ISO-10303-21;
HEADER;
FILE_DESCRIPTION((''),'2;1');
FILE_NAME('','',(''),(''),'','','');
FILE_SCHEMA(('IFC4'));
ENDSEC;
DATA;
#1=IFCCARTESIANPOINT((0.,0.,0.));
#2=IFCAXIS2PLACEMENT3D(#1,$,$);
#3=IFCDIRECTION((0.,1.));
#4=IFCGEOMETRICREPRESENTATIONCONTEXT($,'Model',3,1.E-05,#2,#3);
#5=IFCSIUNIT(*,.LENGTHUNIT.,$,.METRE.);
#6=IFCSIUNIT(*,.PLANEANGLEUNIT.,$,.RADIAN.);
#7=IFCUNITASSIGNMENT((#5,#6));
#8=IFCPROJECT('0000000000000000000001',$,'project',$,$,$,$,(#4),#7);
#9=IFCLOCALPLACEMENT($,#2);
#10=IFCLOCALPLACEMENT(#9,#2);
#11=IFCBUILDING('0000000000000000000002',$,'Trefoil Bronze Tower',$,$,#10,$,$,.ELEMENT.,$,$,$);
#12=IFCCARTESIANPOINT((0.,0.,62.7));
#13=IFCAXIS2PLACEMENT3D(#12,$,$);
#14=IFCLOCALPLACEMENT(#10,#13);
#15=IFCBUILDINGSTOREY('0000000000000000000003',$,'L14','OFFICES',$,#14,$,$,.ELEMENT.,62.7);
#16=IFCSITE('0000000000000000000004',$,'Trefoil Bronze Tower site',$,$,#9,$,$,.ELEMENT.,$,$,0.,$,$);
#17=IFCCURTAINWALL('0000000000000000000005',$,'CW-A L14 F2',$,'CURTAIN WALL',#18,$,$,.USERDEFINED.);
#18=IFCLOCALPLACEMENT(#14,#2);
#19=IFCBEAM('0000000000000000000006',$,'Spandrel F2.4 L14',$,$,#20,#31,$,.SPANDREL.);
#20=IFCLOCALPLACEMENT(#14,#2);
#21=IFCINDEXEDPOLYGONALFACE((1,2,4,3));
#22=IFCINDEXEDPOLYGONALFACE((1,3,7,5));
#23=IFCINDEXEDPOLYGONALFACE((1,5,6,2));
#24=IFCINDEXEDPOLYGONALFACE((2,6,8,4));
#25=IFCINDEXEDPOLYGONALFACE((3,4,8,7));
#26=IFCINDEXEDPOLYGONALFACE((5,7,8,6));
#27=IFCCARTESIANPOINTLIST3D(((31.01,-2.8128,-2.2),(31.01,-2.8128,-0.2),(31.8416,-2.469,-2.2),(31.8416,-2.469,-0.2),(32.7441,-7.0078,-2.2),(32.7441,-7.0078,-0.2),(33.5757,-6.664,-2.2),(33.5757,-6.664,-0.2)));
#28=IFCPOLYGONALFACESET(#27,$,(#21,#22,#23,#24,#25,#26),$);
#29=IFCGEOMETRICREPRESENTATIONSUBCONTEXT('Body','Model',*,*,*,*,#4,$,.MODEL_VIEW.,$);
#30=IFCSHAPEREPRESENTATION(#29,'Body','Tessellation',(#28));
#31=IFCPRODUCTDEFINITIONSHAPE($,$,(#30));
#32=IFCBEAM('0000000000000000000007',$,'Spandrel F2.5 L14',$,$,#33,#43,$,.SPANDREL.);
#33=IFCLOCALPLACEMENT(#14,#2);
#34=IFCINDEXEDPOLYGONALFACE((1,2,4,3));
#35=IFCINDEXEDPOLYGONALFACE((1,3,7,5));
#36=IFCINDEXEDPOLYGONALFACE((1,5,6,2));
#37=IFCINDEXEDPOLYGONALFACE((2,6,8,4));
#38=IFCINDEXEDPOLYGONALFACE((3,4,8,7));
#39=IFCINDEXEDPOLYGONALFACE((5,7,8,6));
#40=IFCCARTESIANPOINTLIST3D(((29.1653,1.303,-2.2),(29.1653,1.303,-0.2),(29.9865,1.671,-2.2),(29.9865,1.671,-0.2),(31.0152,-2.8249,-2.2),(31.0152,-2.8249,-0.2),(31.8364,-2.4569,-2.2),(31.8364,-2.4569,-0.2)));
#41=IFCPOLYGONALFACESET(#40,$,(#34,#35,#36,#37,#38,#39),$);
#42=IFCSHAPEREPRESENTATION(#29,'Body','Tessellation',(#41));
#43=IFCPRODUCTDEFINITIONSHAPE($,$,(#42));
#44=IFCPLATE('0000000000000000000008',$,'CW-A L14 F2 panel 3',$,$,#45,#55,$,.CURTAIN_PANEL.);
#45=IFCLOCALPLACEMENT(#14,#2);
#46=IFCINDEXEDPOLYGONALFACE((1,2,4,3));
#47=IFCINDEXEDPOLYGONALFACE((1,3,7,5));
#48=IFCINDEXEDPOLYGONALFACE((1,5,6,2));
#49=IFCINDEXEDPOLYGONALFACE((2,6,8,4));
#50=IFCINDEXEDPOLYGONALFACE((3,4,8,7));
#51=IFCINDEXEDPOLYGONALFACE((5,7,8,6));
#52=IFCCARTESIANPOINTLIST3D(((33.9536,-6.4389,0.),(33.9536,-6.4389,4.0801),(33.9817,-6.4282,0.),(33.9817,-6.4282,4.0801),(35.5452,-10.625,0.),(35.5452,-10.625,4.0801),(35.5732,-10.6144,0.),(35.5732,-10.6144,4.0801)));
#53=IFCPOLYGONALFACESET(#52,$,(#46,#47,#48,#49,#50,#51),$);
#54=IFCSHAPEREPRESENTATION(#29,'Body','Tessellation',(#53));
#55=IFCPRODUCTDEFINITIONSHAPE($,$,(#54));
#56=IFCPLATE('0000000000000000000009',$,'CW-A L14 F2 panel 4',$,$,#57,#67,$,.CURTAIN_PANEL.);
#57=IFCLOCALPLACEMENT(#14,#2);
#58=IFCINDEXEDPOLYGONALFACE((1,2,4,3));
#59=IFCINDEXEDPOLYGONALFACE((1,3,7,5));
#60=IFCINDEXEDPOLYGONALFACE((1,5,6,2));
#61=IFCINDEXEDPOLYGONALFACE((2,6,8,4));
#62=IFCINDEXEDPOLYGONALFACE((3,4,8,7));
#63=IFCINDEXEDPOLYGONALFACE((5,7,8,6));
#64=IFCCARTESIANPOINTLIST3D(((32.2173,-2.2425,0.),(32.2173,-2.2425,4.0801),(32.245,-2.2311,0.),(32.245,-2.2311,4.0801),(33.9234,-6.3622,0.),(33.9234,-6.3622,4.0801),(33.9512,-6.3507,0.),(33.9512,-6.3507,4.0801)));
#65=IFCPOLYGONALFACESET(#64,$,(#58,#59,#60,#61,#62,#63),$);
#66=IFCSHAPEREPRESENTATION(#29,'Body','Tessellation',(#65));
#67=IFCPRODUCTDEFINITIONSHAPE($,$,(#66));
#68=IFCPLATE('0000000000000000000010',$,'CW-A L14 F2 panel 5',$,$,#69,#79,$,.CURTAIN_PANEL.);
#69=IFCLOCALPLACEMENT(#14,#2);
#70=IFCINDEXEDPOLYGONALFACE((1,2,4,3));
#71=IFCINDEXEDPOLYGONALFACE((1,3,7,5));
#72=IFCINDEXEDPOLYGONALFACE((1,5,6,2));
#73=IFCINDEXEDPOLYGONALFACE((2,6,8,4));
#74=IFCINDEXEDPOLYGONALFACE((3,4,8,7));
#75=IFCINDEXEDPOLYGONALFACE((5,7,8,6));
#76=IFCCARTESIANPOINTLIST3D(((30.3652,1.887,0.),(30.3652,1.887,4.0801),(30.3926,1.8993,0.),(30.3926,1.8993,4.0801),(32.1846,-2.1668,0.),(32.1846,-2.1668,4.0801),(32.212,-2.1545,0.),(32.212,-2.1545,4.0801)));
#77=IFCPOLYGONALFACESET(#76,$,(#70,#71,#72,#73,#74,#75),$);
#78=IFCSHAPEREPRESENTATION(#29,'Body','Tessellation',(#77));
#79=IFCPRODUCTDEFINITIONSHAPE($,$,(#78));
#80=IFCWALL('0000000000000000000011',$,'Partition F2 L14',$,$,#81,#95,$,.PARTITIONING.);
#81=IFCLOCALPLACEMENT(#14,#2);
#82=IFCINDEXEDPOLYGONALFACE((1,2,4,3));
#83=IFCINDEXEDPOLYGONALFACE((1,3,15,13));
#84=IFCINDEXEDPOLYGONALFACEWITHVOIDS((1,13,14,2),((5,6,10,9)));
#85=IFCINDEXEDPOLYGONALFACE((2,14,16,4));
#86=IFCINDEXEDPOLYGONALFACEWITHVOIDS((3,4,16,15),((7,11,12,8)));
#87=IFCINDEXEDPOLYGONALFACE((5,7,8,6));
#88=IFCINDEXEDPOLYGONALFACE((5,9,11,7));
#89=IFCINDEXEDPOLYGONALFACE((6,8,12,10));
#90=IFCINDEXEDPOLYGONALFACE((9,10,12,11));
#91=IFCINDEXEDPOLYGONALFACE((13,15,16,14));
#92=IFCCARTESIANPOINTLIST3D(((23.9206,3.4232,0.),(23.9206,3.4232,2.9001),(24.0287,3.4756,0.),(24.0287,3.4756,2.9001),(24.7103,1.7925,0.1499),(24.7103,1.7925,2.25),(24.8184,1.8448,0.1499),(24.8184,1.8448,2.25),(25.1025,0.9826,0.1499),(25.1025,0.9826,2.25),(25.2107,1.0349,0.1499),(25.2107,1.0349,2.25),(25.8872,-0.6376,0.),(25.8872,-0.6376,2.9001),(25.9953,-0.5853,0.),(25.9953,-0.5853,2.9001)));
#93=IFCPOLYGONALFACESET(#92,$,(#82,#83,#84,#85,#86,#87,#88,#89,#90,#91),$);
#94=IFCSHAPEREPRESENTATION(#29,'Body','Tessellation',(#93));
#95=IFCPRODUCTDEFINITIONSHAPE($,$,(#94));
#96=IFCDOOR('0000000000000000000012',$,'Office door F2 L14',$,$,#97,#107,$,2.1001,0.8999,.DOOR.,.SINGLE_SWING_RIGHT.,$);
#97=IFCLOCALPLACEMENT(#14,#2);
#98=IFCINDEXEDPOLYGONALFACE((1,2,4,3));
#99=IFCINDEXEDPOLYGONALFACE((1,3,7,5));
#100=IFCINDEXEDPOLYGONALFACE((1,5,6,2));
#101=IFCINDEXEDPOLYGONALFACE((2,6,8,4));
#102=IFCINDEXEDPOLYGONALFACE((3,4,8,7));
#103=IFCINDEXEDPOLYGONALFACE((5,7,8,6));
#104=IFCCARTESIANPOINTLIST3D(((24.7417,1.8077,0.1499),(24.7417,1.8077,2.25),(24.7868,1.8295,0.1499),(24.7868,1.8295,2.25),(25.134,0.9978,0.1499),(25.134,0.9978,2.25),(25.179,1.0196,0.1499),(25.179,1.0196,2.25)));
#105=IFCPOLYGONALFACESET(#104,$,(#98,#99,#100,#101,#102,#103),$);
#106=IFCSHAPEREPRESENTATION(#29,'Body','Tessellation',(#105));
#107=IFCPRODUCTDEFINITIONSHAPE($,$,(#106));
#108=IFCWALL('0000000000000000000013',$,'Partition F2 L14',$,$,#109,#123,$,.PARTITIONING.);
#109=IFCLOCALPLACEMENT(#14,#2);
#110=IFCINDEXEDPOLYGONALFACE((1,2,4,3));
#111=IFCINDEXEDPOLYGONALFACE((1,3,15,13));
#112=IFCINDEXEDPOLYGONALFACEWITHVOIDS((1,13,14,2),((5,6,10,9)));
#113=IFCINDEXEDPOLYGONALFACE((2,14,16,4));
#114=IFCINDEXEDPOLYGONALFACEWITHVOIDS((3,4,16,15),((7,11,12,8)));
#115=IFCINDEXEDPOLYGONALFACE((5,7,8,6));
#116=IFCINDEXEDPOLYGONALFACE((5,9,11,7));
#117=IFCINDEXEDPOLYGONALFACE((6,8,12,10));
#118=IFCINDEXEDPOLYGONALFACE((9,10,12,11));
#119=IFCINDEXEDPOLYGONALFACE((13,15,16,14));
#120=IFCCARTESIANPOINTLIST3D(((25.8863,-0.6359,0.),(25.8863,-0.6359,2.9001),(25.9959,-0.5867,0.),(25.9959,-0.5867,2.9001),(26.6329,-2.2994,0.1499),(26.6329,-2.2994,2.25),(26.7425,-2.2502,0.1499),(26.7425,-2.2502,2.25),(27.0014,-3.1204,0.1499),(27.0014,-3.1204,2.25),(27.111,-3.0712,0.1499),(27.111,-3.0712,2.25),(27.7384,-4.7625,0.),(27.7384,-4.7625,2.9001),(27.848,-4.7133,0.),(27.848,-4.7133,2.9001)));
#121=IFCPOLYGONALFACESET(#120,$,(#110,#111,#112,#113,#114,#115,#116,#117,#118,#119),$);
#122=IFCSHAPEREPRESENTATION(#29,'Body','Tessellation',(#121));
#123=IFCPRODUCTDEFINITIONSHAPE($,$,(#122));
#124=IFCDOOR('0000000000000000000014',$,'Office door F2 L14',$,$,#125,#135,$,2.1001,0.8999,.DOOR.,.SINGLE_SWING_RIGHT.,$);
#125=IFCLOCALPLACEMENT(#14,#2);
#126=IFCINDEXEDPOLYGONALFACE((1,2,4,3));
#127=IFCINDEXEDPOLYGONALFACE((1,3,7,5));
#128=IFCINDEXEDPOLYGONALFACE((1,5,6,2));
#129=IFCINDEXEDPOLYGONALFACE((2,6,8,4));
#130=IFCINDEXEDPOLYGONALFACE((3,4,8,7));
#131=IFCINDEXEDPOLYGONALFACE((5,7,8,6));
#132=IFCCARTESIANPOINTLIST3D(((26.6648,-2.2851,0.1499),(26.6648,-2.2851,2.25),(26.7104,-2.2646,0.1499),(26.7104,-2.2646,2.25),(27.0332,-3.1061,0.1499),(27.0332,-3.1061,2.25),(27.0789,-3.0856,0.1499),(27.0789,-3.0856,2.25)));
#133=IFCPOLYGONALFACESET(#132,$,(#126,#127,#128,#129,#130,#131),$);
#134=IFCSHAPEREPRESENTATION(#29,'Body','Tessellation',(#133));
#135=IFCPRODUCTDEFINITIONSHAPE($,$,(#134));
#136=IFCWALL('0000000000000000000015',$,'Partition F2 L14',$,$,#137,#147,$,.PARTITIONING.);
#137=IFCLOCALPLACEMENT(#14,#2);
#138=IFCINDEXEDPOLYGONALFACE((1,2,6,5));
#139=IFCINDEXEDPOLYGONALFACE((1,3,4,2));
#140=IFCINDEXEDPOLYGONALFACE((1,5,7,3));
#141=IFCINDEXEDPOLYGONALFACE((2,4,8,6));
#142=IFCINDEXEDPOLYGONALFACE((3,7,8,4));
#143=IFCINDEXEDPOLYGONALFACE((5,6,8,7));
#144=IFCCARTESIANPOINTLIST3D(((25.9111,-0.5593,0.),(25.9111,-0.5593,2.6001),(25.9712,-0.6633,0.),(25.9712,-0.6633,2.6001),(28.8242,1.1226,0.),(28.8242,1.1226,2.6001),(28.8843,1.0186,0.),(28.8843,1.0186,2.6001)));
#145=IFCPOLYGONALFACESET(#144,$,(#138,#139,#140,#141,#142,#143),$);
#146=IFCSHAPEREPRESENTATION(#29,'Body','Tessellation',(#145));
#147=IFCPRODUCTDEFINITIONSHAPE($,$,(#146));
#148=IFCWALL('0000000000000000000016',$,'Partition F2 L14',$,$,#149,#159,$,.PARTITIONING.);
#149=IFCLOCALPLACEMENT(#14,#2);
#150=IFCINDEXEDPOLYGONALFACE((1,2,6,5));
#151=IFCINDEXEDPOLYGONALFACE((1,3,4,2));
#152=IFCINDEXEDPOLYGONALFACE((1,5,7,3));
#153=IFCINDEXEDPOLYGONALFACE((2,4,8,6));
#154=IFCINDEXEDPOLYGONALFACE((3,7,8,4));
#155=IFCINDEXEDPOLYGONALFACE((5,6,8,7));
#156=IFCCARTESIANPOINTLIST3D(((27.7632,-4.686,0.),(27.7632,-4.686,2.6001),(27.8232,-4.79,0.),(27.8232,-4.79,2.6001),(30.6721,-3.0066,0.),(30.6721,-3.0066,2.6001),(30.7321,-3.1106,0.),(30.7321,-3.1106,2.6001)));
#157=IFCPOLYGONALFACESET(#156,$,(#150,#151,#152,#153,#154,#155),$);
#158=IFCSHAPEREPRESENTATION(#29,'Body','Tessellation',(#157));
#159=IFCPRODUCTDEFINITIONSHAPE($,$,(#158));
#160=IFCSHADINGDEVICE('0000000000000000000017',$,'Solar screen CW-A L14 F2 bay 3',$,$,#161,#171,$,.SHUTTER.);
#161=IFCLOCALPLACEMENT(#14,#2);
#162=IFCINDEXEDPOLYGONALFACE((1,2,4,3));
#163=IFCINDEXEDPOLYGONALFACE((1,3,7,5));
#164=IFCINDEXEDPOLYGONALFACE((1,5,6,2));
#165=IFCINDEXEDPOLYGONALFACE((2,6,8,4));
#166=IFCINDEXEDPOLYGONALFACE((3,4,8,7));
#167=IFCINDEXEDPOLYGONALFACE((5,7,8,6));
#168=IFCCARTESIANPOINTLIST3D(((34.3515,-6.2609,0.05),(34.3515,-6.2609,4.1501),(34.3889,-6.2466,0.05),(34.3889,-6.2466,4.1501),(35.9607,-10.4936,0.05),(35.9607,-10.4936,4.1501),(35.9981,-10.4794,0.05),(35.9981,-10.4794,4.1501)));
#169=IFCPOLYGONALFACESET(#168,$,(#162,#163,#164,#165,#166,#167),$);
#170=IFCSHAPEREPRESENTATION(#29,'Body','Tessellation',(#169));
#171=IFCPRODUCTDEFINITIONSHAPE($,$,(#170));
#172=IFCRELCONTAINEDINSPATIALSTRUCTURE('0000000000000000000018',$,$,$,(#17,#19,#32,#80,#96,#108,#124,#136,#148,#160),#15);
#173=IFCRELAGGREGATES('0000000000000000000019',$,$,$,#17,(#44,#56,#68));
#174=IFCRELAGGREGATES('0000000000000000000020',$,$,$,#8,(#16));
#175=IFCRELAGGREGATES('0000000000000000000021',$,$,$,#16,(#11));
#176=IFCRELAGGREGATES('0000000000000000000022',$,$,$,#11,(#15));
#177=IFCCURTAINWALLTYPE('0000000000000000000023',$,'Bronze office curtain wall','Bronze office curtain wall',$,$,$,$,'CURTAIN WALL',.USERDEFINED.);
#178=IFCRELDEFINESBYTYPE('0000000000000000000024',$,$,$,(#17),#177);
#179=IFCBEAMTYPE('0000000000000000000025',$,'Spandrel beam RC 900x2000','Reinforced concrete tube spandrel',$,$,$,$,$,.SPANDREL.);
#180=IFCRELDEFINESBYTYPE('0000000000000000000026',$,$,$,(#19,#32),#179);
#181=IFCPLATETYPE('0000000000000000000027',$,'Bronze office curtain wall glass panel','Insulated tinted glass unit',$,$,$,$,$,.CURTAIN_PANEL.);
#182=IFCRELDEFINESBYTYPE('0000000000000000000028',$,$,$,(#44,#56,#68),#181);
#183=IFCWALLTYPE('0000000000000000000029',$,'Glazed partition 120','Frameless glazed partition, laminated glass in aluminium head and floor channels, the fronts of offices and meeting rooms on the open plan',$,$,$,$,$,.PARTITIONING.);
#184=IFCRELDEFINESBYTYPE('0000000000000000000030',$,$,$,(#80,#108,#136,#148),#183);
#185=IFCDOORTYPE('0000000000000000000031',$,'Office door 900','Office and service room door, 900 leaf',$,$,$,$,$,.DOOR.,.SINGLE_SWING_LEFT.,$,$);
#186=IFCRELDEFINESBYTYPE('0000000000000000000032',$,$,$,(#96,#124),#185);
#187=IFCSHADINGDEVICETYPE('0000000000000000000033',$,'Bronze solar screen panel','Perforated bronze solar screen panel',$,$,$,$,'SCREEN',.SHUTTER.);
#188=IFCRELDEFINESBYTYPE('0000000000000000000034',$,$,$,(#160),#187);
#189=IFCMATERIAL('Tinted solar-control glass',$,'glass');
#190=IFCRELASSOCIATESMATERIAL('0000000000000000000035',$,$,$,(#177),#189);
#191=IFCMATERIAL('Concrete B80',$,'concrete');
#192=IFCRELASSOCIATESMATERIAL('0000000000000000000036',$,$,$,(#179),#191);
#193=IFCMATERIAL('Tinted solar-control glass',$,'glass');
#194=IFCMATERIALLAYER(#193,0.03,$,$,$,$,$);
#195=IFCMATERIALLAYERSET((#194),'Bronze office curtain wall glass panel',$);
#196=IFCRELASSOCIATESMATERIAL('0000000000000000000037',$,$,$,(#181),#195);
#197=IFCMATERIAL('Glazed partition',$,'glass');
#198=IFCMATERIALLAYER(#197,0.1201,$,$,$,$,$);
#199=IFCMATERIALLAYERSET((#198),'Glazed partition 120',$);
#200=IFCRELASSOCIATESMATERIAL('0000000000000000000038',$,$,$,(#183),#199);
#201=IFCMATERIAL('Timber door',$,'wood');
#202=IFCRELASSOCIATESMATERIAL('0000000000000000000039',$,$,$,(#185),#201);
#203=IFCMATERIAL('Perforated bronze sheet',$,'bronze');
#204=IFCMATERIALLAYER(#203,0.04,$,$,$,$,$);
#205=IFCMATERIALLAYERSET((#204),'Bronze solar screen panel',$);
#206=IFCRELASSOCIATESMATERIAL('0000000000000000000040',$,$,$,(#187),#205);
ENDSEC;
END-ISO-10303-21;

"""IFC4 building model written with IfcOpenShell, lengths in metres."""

from ifc_helpers import new_model, si_unit, direction, frame, frame_2d, origin, origin_2d, place, context, subcontext, project, spatial, rectangle, extrude, material, layer, layer_set, material_profile, profile_set, type_object, element, fill, aggregate, save


model = new_model("IFC4")

# Units and contexts
model_context = context("Model", 3, precision=1e-05, world=origin(), true_north=direction((0.0, 1.0)))
body_context = subcontext(model_context, "Body", "Model", "MODEL_VIEW")
ifc_project = project(units=[si_unit("LENGTHUNIT", "METRE"), si_unit("PLANEANGLEUNIT", "RADIAN")], contexts=[model_context])

# Site, building, storey
site_placement = place(None, origin())
site = spatial("IfcSite", under=ifc_project, at=site_placement, Name="Trefoil Bronze Tower site", CompositionType="ELEMENT", RefElevation=0.0)
building_placement = place(site_placement, origin())
building = spatial("IfcBuilding", under=site, at=building_placement, Name="Trefoil Bronze Tower", CompositionType="ELEMENT")
storey_placement = place(building_placement, frame((0.0, 0.0, 62.7)))
storey = spatial("IfcBuildingStorey", under=building, at=storey_placement, Name="L14", Description="OFFICES", CompositionType="ELEMENT", Elevation=62.7)

# Curtain wall
ifc_material_1 = material(Name="Tinted solar-control glass", Category="glass")
curtain_wall_type = type_object("IfcCurtainWallType", Name="Bronze office curtain wall", Description="Bronze office curtain wall", ElementType="CURTAIN WALL", PredefinedType="USERDEFINED", material=ifc_material_1)
curtain_wall_placement = place(storey_placement, origin())
curtain_wall = element("IfcCurtainWall", 1, at=curtain_wall_placement, inside=storey, type_object=curtain_wall_type, Name="CW-A L14 F2", ObjectType="CURTAIN WALL", PredefinedType="USERDEFINED")

# Beams
ifc_material_2 = material(Name="Concrete B80", Category="concrete")
ifc_material_profile_1 = material_profile(ifc_material_2, rectangle(XDim=0.8999, YDim=2.0, at=origin_2d()), Name="RC 900x2000")
ifc_profile_set_1 = profile_set([ifc_material_profile_1], Name="Concrete B80")
beam_type_1 = type_object("IfcBeamType", Name="Spandrel beam RC 900x2000", Description="Reinforced concrete tube spandrel", PredefinedType="SPANDREL", material=ifc_profile_set_1)
beam_1_placement = place(storey_placement, frame((33.1599, -6.8359, -1.2), z_axis=(-0.382021, 0.924154, 0.0), x_axis=(-0.924154, -0.382021, 0.0)))
element("IfcBeam", 2, at=beam_1_placement, inside=storey, type_object=beam_type_1, Name="Spandrel F2.4 L14", PredefinedType="SPANDREL", context=body_context, shape_type="SweptSolid", body=[
    extrude(rectangle(XDim=0.8999, YDim=2.0, at=origin_2d()), origin(), (0.0, 0.0, 1.0), 4.5393),
])
beam_2_placement = place(storey_placement, frame((31.4258, -2.6409, -1.2), z_axis=(-0.408946, 0.912559, 0.0), x_axis=(-0.912559, -0.408946, 0.0)))
element("IfcBeam", 3, at=beam_2_placement, inside=storey, type_object=beam_type_1, Name="Spandrel F2.5 L14", PredefinedType="SPANDREL", context=body_context, shape_type="SweptSolid", body=[
    extrude(rectangle(XDim=0.8999, YDim=2.0, at=origin_2d()), origin(), (0.0, 0.0, 1.0), 4.5234),
])

# Plates
ifc_material_3 = material(Name="Tinted solar-control glass", Category="glass")
ifc_layer_1 = layer(ifc_material_3, 0.03)
ifc_layer_set_1 = layer_set([ifc_layer_1], Name="Bronze office curtain wall glass panel")
plate_type = type_object("IfcPlateType", Name="Bronze office curtain wall glass panel", Description="Insulated tinted glass unit", PredefinedType="CURTAIN_PANEL", material=ifc_layer_set_1)
plate_1_placement = place(storey_placement, frame((34.7634, -8.5266, 0.0), z_axis=(0.0, 0.0, 1.0), x_axis=(-0.355371, 0.934725, 0.0)))
plate_1 = element("IfcPlate", 4, at=plate_1_placement, type_object=plate_type, Name="CW-A L14 F2 panel 3", PredefinedType="CURTAIN_PANEL", context=body_context, shape_type="SweptSolid", body=[
    extrude(rectangle(XDim=4.4785, YDim=0.03, at=origin_2d()), origin(), (0.0, 0.0, 1.0), 4.0801),
])
plate_2_placement = place(storey_placement, frame((33.0842, -4.2966, 0.0), z_axis=(0.0, 0.0, 1.0), x_axis=(-0.38263, 0.923902, 0.0)))
plate_2 = element("IfcPlate", 5, at=plate_2_placement, type_object=plate_type, Name="CW-A L14 F2 panel 4", PredefinedType="CURTAIN_PANEL", context=body_context, shape_type="SweptSolid", body=[
    extrude(rectangle(XDim=4.459, YDim=0.03, at=origin_2d()), origin(), (0.0, 0.0, 1.0), 4.0801),
])
plate_3_placement = place(storey_placement, frame((31.2886, -0.1338, 0.0), z_axis=(0.0, 0.0, 1.0), x_axis=(-0.409456, 0.91233, 0.0)))
plate_3 = element("IfcPlate", 6, at=plate_3_placement, type_object=plate_type, Name="CW-A L14 F2 panel 5", PredefinedType="CURTAIN_PANEL", context=body_context, shape_type="SweptSolid", body=[
    extrude(rectangle(XDim=4.4434, YDim=0.03, at=origin_2d()), origin(), (0.0, 0.0, 1.0), 4.0801),
])
aggregate(curtain_wall, [plate_1, plate_2, plate_3])

# Walls, openings, doors
ifc_material_4 = material(Name="Glazed partition", Category="glass")
ifc_layer_2 = layer(ifc_material_4, 0.1201)
ifc_layer_set_2 = layer_set([ifc_layer_2], Name="Glazed partition 120")
wall_type = type_object("IfcWallType", Name="Glazed partition 120", Description="Frameless glazed partition, laminated glass in aluminium head and floor channels, the fronts of offices and meeting rooms on the open plan", PredefinedType="PARTITIONING", material=ifc_layer_set_2)
wall_1_placement = place(storey_placement, frame((25.9412, -0.6113, 0.0), z_axis=(0.0, 0.0, 1.0), x_axis=(-0.435858, 0.900015, 0.0)))
wall_1 = element("IfcWall", 7, at=wall_1_placement, inside=storey, type_object=wall_type, Name="Partition F2 L14", PredefinedType="PARTITIONING", context=body_context, shape_type="SweptSolid", body=[
    extrude(rectangle(XDim=4.512, YDim=0.1201, at=frame_2d((2.2559, 0.0))), origin(), (0.0, 0.0, 1.0), 2.9001),
])
opening_1_placement = place(wall_1_placement, frame((1.8, 0.0, 0.1499)))
opening_1 = element("IfcOpeningElement", 8, at=opening_1_placement, cuts=wall_1, PredefinedType="OPENING", context=body_context, shape_type="SweptSolid", body=[
    extrude(rectangle(XDim=0.8999, YDim=2.1001, at=frame_2d((0.45, 1.05))), frame((0.0, 0.0701, 0.0), z_axis=(0.0, -1.0, 0.0), x_axis=(1.0, 0.0, 0.0)), (0.0, 0.0, 1.0), 0.1401),
])
ifc_material_5 = material(Name="Timber door", Category="wood")
door_type = type_object("IfcDoorType", Name="Office door 900", Description="Office and service room door, 900 leaf", OperationType="SINGLE_SWING_LEFT", PredefinedType="DOOR", material=ifc_material_5)
door_1_placement = place(opening_1_placement, frame((0.8999, 0.0, 0.0), z_axis=(0.0, 0.0, 1.0), x_axis=(-1.0, 0.0, 0.0)))
door_1 = element("IfcDoor", 9, at=door_1_placement, inside=storey, type_object=door_type, Name="Office door F2 L14", OperationType="SINGLE_SWING_RIGHT", OverallHeight=2.1001, OverallWidth=0.8999, PredefinedType="DOOR", context=body_context, shape_type="SweptSolid", body=[
    extrude(rectangle(XDim=0.8999, YDim=2.1001, at=frame_2d((0.45, 1.05))), frame((0.0, 0.0249, 0.0), z_axis=(0.0, -1.0, 0.0), x_axis=(1.0, 0.0, 0.0)), (0.0, 0.0, 1.0), 0.05),
])
fill(opening_1, door_1)
wall_2_placement = place(storey_placement, frame((27.7932, -4.738, 0.0), z_axis=(0.0, 0.0, 1.0), x_axis=(-0.409451, 0.912332, 0.0)))
wall_2 = element("IfcWall", 10, at=wall_2_placement, inside=storey, type_object=wall_type, Name="Partition F2 L14", PredefinedType="PARTITIONING", context=body_context, shape_type="SweptSolid", body=[
    extrude(rectangle(XDim=4.5232, YDim=0.1201, at=frame_2d((2.2617, 0.0))), origin(), (0.0, 0.0, 1.0), 2.9001),
])
opening_2_placement = place(wall_2_placement, frame((1.8, 0.0, 0.1499)))
opening_2 = element("IfcOpeningElement", 11, at=opening_2_placement, cuts=wall_2, PredefinedType="OPENING", context=body_context, shape_type="SweptSolid", body=[
    extrude(rectangle(XDim=0.8999, YDim=2.1001, at=frame_2d((0.45, 1.05))), frame((0.0, 0.0701, 0.0), z_axis=(0.0, -1.0, 0.0), x_axis=(1.0, 0.0, 0.0)), (0.0, 0.0, 1.0), 0.1401),
])
door_2_placement = place(opening_2_placement, frame((0.8999, 0.0, 0.0), z_axis=(0.0, 0.0, 1.0), x_axis=(-1.0, 0.0, 0.0)))
door_2 = element("IfcDoor", 12, at=door_2_placement, inside=storey, type_object=door_type, Name="Office door F2 L14", OperationType="SINGLE_SWING_RIGHT", OverallHeight=2.1001, OverallWidth=0.8999, PredefinedType="DOOR", context=body_context, shape_type="SweptSolid", body=[
    extrude(rectangle(XDim=0.8999, YDim=2.1001, at=frame_2d((0.45, 1.05))), frame((0.0, 0.0249, 0.0), z_axis=(0.0, -1.0, 0.0), x_axis=(1.0, 0.0, 0.0)), (0.0, 0.0, 1.0), 0.05),
])
fill(opening_2, door_2)

# Walls
wall_3_placement = place(storey_placement, frame((25.9412, -0.6113, 0.0), z_axis=(0.0, 0.0, 1.0), x_axis=(0.866024, 0.500003, 0.0)))
element("IfcWall", 13, at=wall_3_placement, inside=storey, type_object=wall_type, Name="Partition F2 L14", PredefinedType="PARTITIONING", context=body_context, shape_type="SweptSolid", body=[
    extrude(rectangle(XDim=3.3638, YDim=0.1201, at=frame_2d((1.6819, 0.0))), origin(), (0.0, 0.0, 1.0), 2.6001),
])
wall_4_placement = place(storey_placement, frame((27.7932, -4.738, 0.0), z_axis=(0.0, 0.0, 1.0), x_axis=(0.866029, 0.499993, 0.0)))
element("IfcWall", 14, at=wall_4_placement, inside=storey, type_object=wall_type, Name="Partition F2 L14", PredefinedType="PARTITIONING", context=body_context, shape_type="SweptSolid", body=[
    extrude(rectangle(XDim=3.3589, YDim=0.1201, at=frame_2d((1.6794, 0.0))), origin(), (0.0, 0.0, 1.0), 2.6001),
])

# Shading device
ifc_material_6 = material(Name="Perforated bronze sheet", Category="bronze")
ifc_layer_3 = layer(ifc_material_6, 0.04)
ifc_layer_set_3 = layer_set([ifc_layer_3], Name="Bronze solar screen panel")
shading_device_type = type_object("IfcShadingDeviceType", Name="Bronze solar screen panel", Description="Perforated bronze solar screen panel", ElementType="SCREEN", PredefinedType="SHUTTER", material=ifc_layer_set_3)
shading_device_1_placement = place(storey_placement, frame((35.1748, -8.3701, 0.05), z_axis=(0.0, 0.0, 1.0), x_axis=(-0.355371, 0.934725, 0.0)))
element("IfcShadingDevice", 15, at=shading_device_1_placement, inside=storey, type_object=shading_device_type, Name="Solar screen CW-A L14 F2 bay 3", PredefinedType="SHUTTER", context=body_context, shape_type="SweptSolid", body=[
    extrude(rectangle(XDim=4.5283, YDim=0.04, at=origin_2d()), origin(), (0.0, 0.0, 1.0), 4.1001),
])

save(model, "model.ifc")
